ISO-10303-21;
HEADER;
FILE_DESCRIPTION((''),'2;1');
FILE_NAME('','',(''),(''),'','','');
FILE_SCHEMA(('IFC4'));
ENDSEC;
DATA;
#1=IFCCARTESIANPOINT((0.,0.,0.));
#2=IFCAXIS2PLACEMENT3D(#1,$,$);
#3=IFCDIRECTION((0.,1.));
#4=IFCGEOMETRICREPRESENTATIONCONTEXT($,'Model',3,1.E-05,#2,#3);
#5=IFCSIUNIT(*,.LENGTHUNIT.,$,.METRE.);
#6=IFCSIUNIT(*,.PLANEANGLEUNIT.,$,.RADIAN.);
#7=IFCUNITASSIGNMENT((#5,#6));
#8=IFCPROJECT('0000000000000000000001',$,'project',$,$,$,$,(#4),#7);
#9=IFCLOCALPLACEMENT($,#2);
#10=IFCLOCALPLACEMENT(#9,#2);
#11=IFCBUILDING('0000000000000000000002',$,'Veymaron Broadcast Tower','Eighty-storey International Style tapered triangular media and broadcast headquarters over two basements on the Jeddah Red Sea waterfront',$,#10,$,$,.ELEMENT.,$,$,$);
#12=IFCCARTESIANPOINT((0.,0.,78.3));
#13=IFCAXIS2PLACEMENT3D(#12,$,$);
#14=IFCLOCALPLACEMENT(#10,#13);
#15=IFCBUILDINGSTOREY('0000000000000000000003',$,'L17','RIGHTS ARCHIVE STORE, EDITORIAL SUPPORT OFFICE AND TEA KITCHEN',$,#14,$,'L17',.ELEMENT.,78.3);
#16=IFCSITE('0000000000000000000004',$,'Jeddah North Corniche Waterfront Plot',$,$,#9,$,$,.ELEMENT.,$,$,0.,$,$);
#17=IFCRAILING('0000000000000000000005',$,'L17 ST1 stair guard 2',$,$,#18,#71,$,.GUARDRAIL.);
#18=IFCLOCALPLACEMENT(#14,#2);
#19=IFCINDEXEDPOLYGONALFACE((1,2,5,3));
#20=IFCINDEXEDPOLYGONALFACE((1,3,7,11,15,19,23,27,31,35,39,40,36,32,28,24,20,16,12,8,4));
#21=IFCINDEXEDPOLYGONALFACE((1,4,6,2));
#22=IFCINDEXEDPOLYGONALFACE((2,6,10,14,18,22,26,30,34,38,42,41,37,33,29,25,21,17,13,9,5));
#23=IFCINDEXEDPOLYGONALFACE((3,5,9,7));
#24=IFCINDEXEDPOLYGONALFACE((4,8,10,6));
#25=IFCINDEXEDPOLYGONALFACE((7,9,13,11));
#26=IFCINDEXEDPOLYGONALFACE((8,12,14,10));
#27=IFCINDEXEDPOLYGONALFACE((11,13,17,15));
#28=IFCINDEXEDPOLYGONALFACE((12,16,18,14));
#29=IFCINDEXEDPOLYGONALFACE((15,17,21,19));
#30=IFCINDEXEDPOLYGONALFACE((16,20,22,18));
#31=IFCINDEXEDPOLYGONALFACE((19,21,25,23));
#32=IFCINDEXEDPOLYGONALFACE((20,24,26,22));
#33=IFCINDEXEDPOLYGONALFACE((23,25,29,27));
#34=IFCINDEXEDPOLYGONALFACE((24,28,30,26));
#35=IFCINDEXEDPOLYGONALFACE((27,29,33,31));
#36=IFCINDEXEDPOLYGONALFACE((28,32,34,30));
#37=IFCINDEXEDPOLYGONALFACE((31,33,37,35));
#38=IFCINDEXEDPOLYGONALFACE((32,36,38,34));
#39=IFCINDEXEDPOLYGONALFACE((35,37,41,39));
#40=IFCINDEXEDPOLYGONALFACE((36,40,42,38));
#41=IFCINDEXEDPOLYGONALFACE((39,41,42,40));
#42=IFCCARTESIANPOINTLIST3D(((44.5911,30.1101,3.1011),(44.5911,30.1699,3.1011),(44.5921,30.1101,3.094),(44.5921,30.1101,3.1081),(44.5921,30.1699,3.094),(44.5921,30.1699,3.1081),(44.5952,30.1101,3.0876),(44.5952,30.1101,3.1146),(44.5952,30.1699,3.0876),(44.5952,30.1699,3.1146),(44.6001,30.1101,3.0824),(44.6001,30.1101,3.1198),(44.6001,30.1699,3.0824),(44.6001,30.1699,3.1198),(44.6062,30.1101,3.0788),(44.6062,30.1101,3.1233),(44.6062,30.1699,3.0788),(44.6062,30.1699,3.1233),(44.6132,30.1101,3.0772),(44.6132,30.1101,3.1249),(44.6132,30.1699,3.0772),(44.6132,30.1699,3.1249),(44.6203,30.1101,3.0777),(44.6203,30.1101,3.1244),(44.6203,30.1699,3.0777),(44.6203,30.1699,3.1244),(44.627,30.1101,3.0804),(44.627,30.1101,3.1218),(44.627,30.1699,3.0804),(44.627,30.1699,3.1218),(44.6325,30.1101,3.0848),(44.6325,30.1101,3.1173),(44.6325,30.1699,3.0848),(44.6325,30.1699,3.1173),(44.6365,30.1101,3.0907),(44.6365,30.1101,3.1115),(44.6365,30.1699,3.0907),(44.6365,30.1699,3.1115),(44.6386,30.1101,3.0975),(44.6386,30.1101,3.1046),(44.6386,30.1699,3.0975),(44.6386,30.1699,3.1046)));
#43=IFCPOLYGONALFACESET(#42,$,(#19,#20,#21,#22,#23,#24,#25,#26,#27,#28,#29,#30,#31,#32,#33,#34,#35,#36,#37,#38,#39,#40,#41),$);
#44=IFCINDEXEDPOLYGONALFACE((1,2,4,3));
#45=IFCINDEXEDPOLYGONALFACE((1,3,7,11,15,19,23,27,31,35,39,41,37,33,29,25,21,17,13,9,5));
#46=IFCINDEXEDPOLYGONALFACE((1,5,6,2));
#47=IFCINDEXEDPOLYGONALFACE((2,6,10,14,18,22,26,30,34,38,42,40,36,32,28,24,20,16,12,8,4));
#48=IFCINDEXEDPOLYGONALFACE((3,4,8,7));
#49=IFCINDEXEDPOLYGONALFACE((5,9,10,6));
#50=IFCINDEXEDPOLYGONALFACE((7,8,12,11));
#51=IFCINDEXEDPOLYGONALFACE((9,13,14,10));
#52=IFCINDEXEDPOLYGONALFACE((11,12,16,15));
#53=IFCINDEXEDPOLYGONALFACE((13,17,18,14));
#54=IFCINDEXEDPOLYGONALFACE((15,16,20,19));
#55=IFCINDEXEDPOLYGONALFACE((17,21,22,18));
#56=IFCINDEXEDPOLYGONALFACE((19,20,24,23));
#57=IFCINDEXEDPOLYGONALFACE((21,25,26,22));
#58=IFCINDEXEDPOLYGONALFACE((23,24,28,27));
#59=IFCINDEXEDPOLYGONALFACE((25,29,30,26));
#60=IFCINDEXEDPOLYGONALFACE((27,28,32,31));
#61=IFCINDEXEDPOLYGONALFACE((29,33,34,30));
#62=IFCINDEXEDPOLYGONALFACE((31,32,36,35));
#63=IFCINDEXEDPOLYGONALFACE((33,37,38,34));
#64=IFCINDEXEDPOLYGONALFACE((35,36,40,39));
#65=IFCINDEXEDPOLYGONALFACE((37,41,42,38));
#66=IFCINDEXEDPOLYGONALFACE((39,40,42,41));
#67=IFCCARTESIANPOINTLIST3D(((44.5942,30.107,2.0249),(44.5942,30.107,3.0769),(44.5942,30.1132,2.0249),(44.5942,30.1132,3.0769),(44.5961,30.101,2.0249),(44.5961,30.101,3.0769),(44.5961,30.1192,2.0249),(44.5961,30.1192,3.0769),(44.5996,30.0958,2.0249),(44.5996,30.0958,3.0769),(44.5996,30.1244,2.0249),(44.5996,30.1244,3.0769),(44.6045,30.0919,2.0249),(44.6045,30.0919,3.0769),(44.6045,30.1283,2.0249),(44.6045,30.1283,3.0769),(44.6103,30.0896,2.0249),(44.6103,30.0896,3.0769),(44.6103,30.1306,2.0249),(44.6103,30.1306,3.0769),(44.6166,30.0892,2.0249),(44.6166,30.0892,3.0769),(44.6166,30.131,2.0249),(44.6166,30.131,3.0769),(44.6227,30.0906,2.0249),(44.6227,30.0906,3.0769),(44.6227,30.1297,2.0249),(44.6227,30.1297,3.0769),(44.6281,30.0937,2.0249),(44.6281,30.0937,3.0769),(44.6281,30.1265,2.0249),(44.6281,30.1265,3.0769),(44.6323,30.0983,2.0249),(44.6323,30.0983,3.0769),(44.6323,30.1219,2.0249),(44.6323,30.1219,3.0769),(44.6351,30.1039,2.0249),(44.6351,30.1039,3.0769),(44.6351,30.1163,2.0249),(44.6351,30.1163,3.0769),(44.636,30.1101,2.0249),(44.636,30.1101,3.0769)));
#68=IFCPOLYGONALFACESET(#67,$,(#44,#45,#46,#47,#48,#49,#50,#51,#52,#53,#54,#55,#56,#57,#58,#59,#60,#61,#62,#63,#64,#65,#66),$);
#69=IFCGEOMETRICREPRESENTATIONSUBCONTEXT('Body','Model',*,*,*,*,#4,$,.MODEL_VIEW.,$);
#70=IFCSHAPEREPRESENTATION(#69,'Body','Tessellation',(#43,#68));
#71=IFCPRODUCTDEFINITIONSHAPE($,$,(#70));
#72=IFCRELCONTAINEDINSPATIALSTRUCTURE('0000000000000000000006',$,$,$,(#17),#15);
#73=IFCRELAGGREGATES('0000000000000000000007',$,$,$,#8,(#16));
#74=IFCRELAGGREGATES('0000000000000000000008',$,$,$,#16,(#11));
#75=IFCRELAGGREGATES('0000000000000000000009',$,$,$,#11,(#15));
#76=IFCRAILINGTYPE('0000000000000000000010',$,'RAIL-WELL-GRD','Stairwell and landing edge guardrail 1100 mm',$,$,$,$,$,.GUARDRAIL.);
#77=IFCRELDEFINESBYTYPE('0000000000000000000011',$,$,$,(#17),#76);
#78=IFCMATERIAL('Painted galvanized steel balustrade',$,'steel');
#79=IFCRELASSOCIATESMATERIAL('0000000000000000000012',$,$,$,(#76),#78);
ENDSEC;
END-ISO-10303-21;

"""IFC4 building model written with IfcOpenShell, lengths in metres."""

from ifc_helpers import new_model, si_unit, direction, frame, origin, origin_2d, place, context, subcontext, project, spatial, circle, extrude, material, type_object, element, save


model = new_model("IFC4")

# Units and contexts
model_context = context("Model", 3, precision=1e-05, world=origin(), true_north=direction((0.0, 1.0)))
body_context = subcontext(model_context, "Body", "Model", "MODEL_VIEW")
ifc_project = project(units=[si_unit("LENGTHUNIT", "METRE"), si_unit("PLANEANGLEUNIT", "RADIAN")], contexts=[model_context])

# Site, building, storey
site_placement = place(None, origin())
site = spatial("IfcSite", under=ifc_project, at=site_placement, Name="Jeddah North Corniche Waterfront Plot", CompositionType="ELEMENT", RefElevation=0.0)
building_placement = place(site_placement, origin())
building = spatial("IfcBuilding", under=site, at=building_placement, Name="Veymaron Broadcast Tower", Description="Eighty-storey International Style tapered triangular media and broadcast headquarters over two basements on the Jeddah Red Sea waterfront", CompositionType="ELEMENT")
storey_placement = place(building_placement, frame((0.0, 0.0, 78.3)))
storey = spatial("IfcBuildingStorey", under=building, at=storey_placement, Name="L17", Description="RIGHTS ARCHIVE STORE, EDITORIAL SUPPORT OFFICE AND TEA KITCHEN", LongName="L17", CompositionType="ELEMENT", Elevation=78.3)

# Railing
ifc_material_1 = material(Name="Painted galvanized steel balustrade", Category="steel")
railing_type_1 = type_object("IfcRailingType", Name="RAIL-WELL-GRD", Description="Stairwell and landing edge guardrail 1100 mm", PredefinedType="GUARDRAIL", material=ifc_material_1)
railing_1_placement = place(storey_placement, frame((44.615, 30.1101, 2.0249)))
element("IfcRailing", 1, at=railing_1_placement, inside=storey, type_object=railing_type_1, Name="L17 ST1 stair guard 2", PredefinedType="GUARDRAIL", context=body_context, shape_type="SweptSolid", body=[
    extrude(circle(Radius=0.0239, at=origin_2d()), frame((0.0, 0.0, 1.0762), z_axis=(0.0, 1.0, 0.0), x_axis=(-1.0, 0.0, 0.0)), (0.0, 0.0, 1.0), 0.0598),
    extrude(circle(Radius=0.021, at=origin_2d()), origin(), (0.0, 0.0, 1.0), 1.052),
])

save(model, "model.ifc")
